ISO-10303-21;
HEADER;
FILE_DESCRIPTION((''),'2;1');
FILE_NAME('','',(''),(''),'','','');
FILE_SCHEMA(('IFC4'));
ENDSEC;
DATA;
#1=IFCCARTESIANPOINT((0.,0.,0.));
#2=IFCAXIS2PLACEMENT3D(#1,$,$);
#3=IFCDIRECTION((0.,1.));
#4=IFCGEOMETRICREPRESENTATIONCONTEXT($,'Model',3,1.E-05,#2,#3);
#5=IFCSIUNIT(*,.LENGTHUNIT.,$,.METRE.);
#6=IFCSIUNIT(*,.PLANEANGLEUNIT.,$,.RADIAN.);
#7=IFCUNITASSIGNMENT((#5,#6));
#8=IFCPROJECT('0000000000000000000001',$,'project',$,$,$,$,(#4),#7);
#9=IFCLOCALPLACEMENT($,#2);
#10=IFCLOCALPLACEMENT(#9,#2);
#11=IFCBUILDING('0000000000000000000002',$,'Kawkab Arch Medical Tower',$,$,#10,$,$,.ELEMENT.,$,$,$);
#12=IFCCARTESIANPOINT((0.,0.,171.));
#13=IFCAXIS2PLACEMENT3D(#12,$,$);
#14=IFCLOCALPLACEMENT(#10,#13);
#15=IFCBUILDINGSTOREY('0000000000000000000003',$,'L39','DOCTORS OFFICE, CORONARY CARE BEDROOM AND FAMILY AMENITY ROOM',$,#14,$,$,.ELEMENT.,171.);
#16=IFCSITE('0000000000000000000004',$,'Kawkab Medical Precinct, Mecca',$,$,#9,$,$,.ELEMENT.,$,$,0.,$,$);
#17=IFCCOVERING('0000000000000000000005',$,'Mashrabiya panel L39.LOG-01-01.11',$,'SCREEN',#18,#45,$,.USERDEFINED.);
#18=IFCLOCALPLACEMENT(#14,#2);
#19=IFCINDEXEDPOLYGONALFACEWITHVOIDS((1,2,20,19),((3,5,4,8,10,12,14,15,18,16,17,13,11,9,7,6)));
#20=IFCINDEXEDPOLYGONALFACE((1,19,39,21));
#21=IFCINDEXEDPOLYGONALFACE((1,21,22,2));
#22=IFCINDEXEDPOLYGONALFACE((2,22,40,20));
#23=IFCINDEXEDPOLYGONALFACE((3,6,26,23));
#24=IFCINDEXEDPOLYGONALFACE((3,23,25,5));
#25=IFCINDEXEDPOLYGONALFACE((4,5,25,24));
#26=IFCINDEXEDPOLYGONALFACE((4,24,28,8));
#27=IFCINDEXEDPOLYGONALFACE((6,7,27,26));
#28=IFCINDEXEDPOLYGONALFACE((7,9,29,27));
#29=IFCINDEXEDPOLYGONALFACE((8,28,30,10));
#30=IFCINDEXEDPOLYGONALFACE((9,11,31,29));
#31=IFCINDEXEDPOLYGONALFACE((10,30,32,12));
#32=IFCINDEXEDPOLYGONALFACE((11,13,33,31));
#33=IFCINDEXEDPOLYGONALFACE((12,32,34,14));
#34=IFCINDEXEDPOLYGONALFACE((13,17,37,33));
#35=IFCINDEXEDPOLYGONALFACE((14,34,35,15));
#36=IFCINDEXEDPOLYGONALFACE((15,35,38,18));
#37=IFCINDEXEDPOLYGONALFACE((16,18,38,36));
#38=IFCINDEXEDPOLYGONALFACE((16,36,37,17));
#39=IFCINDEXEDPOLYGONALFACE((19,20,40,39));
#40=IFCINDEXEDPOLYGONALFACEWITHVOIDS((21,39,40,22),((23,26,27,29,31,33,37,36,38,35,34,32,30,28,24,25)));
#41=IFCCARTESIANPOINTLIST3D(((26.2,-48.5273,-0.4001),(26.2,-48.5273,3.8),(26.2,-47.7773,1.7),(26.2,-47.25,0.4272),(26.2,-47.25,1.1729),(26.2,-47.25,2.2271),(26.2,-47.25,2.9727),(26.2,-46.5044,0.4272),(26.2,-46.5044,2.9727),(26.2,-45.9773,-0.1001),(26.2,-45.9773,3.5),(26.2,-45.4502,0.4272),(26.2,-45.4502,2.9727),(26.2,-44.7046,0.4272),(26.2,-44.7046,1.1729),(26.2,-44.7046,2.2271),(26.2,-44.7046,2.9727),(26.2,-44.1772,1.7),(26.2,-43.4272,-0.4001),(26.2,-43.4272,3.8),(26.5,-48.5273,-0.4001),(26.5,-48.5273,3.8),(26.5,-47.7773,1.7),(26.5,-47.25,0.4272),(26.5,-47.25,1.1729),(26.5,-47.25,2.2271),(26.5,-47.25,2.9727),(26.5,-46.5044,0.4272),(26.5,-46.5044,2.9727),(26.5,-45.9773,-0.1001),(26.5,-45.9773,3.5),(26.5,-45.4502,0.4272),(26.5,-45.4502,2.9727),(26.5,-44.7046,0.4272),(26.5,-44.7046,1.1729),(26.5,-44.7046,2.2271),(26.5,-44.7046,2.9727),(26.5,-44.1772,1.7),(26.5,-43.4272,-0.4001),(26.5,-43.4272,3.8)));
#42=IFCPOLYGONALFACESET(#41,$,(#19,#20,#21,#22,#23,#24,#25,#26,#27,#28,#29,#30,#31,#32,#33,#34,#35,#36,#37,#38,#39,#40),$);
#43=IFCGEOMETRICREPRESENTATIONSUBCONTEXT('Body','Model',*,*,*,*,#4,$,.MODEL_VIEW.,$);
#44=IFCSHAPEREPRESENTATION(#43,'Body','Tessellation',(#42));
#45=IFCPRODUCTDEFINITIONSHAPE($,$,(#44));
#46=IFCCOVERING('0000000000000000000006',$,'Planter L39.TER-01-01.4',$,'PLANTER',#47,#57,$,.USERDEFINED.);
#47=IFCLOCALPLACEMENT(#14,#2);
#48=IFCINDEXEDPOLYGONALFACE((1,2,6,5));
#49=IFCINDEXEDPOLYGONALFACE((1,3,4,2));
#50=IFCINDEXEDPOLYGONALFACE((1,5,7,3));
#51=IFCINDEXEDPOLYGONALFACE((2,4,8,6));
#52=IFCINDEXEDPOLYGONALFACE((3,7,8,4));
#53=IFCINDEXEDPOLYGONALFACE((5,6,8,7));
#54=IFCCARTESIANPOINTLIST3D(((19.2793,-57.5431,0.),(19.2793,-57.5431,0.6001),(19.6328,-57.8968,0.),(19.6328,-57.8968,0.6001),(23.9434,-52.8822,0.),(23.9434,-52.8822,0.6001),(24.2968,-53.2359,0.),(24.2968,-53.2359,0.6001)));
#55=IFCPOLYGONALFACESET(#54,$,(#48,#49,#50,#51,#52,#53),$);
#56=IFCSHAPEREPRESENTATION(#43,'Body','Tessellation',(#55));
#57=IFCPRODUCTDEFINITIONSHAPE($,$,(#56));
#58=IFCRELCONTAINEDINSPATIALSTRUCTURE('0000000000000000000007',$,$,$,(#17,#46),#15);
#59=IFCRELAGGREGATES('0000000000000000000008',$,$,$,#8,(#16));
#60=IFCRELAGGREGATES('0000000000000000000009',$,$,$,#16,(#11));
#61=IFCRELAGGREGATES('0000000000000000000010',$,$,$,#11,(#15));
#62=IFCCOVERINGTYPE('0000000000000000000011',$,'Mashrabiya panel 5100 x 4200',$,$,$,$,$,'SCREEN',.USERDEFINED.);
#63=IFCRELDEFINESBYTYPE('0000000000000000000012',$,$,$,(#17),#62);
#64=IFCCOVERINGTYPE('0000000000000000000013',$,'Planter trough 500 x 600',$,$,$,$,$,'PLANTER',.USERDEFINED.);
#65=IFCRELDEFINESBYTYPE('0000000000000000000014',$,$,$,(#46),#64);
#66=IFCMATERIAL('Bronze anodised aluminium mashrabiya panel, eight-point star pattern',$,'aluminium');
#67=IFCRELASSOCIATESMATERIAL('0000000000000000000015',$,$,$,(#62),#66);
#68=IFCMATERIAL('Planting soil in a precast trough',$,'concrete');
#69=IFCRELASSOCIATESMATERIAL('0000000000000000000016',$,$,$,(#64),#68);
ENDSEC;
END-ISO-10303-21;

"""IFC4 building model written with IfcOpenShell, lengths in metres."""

from ifc_helpers import new_model, si_unit, direction, frame, origin, origin_2d, place, context, subcontext, project, spatial, polyline, rectangle, outline, extrude, material, material_profile, profile_set, type_object, element, save


model = new_model("IFC4")

# Units and contexts
model_context = context("Model", 3, precision=1e-05, world=origin(), true_north=direction((0.0, 1.0)))
body_context = subcontext(model_context, "Body", "Model", "MODEL_VIEW")
ifc_project = project(units=[si_unit("LENGTHUNIT", "METRE"), si_unit("PLANEANGLEUNIT", "RADIAN")], contexts=[model_context])

# Site, building, storey
site_placement = place(None, origin())
site = spatial("IfcSite", under=ifc_project, at=site_placement, Name="Kawkab Medical Precinct, Mecca", CompositionType="ELEMENT", RefElevation=0.0)
building_placement = place(site_placement, origin())
building = spatial("IfcBuilding", under=site, at=building_placement, Name="Kawkab Arch Medical Tower", CompositionType="ELEMENT")
storey_placement = place(building_placement, frame((0.0, 0.0, 171.0)))
storey = spatial("IfcBuildingStorey", under=building, at=storey_placement, Name="L39", Description="DOCTORS OFFICE, CORONARY CARE BEDROOM AND FAMILY AMENITY ROOM", CompositionType="ELEMENT", Elevation=171.0)

# Coverings
ifc_material_1 = material(Name="Bronze anodised aluminium mashrabiya panel, eight-point star pattern", Category="aluminium")
ifc_material_profile_1 = material_profile(ifc_material_1, outline(polyline([(-2.55, -2.1001), (2.55, -2.1001), (2.55, 2.1001), (-2.55, 2.1001), (-2.55, -2.1001)]), holes=[polyline([(1.8, 0.0), (1.2727, 0.5271), (1.2727, 1.2727), (0.5271, 1.2727), (0.0, 1.8), (-0.5271, 1.2727), (-1.2727, 1.2727), (-1.2727, 0.5271), (-1.8, 0.0), (-1.2727, -0.5271), (-1.2727, -1.2727), (-0.5271, -1.2727), (0.0, -1.8), (0.5271, -1.2727), (1.2727, -1.2727), (1.2727, -0.5271), (1.8, 0.0)])]), Name="Mashrabiya panel 5100x4200")
ifc_profile_set_1 = profile_set([ifc_material_profile_1], Name="Bronze anodised aluminium mashrabiya panel, eight-point star pattern")
covering_type_1 = type_object("IfcCoveringType", Name="Mashrabiya panel 5100 x 4200", ElementType="SCREEN", PredefinedType="USERDEFINED", material=ifc_profile_set_1)
covering_1_placement = place(storey_placement, frame((26.2, -45.9773, 1.7), z_axis=(1.0, 0.0, 0.0), x_axis=(0.0, 1.0, 0.0)))
element("IfcCovering", 1, at=covering_1_placement, inside=storey, type_object=covering_type_1, Name="Mashrabiya panel L39.LOG-01-01.11", ObjectType="SCREEN", PredefinedType="USERDEFINED", context=body_context, shape_type="SweptSolid", body=[
    extrude(outline(polyline([(-2.55, -2.1001), (2.55, -2.1001), (2.55, 2.1001), (-2.55, 2.1001), (-2.55, -2.1001)]), holes=[polyline([(1.8, 0.0), (1.2727, 0.5271), (1.2727, 1.2727), (0.5271, 1.2727), (0.0, 1.8), (-0.5271, 1.2727), (-1.2727, 1.2727), (-1.2727, 0.5271), (-1.8, 0.0), (-1.2727, -0.5271), (-1.2727, -1.2727), (-0.5271, -1.2727), (0.0, -1.8), (0.5271, -1.2727), (1.2727, -1.2727), (1.2727, -0.5271), (1.8, 0.0)])]), origin(), (0.0, 0.0, 1.0), 0.3),
])
ifc_material_2 = material(Name="Planting soil in a precast trough", Category="concrete")
ifc_material_profile_2 = material_profile(ifc_material_2, rectangle(XDim=0.5, YDim=0.6001, at=origin_2d()), Name="Trough 500x600")
ifc_profile_set_2 = profile_set([ifc_material_profile_2], Name="Planting soil in a precast trough")
covering_type_2 = type_object("IfcCoveringType", Name="Planter trough 500 x 600", ElementType="PLANTER", PredefinedType="USERDEFINED", material=ifc_profile_set_2)
covering_2_placement = place(storey_placement, frame((19.4561, -57.72, 0.3), z_axis=(0.707347, 0.706866, 0.0), x_axis=(-0.706866, 0.707347, 0.0)))
element("IfcCovering", 2, at=covering_2_placement, inside=storey, type_object=covering_type_2, Name="Planter L39.TER-01-01.4", ObjectType="PLANTER", PredefinedType="USERDEFINED", context=body_context, shape_type="SweptSolid", body=[
    extrude(rectangle(XDim=0.5, YDim=0.6001, at=origin_2d()), origin(), (0.0, 0.0, 1.0), 6.5938),
])

save(model, "model.ifc")
